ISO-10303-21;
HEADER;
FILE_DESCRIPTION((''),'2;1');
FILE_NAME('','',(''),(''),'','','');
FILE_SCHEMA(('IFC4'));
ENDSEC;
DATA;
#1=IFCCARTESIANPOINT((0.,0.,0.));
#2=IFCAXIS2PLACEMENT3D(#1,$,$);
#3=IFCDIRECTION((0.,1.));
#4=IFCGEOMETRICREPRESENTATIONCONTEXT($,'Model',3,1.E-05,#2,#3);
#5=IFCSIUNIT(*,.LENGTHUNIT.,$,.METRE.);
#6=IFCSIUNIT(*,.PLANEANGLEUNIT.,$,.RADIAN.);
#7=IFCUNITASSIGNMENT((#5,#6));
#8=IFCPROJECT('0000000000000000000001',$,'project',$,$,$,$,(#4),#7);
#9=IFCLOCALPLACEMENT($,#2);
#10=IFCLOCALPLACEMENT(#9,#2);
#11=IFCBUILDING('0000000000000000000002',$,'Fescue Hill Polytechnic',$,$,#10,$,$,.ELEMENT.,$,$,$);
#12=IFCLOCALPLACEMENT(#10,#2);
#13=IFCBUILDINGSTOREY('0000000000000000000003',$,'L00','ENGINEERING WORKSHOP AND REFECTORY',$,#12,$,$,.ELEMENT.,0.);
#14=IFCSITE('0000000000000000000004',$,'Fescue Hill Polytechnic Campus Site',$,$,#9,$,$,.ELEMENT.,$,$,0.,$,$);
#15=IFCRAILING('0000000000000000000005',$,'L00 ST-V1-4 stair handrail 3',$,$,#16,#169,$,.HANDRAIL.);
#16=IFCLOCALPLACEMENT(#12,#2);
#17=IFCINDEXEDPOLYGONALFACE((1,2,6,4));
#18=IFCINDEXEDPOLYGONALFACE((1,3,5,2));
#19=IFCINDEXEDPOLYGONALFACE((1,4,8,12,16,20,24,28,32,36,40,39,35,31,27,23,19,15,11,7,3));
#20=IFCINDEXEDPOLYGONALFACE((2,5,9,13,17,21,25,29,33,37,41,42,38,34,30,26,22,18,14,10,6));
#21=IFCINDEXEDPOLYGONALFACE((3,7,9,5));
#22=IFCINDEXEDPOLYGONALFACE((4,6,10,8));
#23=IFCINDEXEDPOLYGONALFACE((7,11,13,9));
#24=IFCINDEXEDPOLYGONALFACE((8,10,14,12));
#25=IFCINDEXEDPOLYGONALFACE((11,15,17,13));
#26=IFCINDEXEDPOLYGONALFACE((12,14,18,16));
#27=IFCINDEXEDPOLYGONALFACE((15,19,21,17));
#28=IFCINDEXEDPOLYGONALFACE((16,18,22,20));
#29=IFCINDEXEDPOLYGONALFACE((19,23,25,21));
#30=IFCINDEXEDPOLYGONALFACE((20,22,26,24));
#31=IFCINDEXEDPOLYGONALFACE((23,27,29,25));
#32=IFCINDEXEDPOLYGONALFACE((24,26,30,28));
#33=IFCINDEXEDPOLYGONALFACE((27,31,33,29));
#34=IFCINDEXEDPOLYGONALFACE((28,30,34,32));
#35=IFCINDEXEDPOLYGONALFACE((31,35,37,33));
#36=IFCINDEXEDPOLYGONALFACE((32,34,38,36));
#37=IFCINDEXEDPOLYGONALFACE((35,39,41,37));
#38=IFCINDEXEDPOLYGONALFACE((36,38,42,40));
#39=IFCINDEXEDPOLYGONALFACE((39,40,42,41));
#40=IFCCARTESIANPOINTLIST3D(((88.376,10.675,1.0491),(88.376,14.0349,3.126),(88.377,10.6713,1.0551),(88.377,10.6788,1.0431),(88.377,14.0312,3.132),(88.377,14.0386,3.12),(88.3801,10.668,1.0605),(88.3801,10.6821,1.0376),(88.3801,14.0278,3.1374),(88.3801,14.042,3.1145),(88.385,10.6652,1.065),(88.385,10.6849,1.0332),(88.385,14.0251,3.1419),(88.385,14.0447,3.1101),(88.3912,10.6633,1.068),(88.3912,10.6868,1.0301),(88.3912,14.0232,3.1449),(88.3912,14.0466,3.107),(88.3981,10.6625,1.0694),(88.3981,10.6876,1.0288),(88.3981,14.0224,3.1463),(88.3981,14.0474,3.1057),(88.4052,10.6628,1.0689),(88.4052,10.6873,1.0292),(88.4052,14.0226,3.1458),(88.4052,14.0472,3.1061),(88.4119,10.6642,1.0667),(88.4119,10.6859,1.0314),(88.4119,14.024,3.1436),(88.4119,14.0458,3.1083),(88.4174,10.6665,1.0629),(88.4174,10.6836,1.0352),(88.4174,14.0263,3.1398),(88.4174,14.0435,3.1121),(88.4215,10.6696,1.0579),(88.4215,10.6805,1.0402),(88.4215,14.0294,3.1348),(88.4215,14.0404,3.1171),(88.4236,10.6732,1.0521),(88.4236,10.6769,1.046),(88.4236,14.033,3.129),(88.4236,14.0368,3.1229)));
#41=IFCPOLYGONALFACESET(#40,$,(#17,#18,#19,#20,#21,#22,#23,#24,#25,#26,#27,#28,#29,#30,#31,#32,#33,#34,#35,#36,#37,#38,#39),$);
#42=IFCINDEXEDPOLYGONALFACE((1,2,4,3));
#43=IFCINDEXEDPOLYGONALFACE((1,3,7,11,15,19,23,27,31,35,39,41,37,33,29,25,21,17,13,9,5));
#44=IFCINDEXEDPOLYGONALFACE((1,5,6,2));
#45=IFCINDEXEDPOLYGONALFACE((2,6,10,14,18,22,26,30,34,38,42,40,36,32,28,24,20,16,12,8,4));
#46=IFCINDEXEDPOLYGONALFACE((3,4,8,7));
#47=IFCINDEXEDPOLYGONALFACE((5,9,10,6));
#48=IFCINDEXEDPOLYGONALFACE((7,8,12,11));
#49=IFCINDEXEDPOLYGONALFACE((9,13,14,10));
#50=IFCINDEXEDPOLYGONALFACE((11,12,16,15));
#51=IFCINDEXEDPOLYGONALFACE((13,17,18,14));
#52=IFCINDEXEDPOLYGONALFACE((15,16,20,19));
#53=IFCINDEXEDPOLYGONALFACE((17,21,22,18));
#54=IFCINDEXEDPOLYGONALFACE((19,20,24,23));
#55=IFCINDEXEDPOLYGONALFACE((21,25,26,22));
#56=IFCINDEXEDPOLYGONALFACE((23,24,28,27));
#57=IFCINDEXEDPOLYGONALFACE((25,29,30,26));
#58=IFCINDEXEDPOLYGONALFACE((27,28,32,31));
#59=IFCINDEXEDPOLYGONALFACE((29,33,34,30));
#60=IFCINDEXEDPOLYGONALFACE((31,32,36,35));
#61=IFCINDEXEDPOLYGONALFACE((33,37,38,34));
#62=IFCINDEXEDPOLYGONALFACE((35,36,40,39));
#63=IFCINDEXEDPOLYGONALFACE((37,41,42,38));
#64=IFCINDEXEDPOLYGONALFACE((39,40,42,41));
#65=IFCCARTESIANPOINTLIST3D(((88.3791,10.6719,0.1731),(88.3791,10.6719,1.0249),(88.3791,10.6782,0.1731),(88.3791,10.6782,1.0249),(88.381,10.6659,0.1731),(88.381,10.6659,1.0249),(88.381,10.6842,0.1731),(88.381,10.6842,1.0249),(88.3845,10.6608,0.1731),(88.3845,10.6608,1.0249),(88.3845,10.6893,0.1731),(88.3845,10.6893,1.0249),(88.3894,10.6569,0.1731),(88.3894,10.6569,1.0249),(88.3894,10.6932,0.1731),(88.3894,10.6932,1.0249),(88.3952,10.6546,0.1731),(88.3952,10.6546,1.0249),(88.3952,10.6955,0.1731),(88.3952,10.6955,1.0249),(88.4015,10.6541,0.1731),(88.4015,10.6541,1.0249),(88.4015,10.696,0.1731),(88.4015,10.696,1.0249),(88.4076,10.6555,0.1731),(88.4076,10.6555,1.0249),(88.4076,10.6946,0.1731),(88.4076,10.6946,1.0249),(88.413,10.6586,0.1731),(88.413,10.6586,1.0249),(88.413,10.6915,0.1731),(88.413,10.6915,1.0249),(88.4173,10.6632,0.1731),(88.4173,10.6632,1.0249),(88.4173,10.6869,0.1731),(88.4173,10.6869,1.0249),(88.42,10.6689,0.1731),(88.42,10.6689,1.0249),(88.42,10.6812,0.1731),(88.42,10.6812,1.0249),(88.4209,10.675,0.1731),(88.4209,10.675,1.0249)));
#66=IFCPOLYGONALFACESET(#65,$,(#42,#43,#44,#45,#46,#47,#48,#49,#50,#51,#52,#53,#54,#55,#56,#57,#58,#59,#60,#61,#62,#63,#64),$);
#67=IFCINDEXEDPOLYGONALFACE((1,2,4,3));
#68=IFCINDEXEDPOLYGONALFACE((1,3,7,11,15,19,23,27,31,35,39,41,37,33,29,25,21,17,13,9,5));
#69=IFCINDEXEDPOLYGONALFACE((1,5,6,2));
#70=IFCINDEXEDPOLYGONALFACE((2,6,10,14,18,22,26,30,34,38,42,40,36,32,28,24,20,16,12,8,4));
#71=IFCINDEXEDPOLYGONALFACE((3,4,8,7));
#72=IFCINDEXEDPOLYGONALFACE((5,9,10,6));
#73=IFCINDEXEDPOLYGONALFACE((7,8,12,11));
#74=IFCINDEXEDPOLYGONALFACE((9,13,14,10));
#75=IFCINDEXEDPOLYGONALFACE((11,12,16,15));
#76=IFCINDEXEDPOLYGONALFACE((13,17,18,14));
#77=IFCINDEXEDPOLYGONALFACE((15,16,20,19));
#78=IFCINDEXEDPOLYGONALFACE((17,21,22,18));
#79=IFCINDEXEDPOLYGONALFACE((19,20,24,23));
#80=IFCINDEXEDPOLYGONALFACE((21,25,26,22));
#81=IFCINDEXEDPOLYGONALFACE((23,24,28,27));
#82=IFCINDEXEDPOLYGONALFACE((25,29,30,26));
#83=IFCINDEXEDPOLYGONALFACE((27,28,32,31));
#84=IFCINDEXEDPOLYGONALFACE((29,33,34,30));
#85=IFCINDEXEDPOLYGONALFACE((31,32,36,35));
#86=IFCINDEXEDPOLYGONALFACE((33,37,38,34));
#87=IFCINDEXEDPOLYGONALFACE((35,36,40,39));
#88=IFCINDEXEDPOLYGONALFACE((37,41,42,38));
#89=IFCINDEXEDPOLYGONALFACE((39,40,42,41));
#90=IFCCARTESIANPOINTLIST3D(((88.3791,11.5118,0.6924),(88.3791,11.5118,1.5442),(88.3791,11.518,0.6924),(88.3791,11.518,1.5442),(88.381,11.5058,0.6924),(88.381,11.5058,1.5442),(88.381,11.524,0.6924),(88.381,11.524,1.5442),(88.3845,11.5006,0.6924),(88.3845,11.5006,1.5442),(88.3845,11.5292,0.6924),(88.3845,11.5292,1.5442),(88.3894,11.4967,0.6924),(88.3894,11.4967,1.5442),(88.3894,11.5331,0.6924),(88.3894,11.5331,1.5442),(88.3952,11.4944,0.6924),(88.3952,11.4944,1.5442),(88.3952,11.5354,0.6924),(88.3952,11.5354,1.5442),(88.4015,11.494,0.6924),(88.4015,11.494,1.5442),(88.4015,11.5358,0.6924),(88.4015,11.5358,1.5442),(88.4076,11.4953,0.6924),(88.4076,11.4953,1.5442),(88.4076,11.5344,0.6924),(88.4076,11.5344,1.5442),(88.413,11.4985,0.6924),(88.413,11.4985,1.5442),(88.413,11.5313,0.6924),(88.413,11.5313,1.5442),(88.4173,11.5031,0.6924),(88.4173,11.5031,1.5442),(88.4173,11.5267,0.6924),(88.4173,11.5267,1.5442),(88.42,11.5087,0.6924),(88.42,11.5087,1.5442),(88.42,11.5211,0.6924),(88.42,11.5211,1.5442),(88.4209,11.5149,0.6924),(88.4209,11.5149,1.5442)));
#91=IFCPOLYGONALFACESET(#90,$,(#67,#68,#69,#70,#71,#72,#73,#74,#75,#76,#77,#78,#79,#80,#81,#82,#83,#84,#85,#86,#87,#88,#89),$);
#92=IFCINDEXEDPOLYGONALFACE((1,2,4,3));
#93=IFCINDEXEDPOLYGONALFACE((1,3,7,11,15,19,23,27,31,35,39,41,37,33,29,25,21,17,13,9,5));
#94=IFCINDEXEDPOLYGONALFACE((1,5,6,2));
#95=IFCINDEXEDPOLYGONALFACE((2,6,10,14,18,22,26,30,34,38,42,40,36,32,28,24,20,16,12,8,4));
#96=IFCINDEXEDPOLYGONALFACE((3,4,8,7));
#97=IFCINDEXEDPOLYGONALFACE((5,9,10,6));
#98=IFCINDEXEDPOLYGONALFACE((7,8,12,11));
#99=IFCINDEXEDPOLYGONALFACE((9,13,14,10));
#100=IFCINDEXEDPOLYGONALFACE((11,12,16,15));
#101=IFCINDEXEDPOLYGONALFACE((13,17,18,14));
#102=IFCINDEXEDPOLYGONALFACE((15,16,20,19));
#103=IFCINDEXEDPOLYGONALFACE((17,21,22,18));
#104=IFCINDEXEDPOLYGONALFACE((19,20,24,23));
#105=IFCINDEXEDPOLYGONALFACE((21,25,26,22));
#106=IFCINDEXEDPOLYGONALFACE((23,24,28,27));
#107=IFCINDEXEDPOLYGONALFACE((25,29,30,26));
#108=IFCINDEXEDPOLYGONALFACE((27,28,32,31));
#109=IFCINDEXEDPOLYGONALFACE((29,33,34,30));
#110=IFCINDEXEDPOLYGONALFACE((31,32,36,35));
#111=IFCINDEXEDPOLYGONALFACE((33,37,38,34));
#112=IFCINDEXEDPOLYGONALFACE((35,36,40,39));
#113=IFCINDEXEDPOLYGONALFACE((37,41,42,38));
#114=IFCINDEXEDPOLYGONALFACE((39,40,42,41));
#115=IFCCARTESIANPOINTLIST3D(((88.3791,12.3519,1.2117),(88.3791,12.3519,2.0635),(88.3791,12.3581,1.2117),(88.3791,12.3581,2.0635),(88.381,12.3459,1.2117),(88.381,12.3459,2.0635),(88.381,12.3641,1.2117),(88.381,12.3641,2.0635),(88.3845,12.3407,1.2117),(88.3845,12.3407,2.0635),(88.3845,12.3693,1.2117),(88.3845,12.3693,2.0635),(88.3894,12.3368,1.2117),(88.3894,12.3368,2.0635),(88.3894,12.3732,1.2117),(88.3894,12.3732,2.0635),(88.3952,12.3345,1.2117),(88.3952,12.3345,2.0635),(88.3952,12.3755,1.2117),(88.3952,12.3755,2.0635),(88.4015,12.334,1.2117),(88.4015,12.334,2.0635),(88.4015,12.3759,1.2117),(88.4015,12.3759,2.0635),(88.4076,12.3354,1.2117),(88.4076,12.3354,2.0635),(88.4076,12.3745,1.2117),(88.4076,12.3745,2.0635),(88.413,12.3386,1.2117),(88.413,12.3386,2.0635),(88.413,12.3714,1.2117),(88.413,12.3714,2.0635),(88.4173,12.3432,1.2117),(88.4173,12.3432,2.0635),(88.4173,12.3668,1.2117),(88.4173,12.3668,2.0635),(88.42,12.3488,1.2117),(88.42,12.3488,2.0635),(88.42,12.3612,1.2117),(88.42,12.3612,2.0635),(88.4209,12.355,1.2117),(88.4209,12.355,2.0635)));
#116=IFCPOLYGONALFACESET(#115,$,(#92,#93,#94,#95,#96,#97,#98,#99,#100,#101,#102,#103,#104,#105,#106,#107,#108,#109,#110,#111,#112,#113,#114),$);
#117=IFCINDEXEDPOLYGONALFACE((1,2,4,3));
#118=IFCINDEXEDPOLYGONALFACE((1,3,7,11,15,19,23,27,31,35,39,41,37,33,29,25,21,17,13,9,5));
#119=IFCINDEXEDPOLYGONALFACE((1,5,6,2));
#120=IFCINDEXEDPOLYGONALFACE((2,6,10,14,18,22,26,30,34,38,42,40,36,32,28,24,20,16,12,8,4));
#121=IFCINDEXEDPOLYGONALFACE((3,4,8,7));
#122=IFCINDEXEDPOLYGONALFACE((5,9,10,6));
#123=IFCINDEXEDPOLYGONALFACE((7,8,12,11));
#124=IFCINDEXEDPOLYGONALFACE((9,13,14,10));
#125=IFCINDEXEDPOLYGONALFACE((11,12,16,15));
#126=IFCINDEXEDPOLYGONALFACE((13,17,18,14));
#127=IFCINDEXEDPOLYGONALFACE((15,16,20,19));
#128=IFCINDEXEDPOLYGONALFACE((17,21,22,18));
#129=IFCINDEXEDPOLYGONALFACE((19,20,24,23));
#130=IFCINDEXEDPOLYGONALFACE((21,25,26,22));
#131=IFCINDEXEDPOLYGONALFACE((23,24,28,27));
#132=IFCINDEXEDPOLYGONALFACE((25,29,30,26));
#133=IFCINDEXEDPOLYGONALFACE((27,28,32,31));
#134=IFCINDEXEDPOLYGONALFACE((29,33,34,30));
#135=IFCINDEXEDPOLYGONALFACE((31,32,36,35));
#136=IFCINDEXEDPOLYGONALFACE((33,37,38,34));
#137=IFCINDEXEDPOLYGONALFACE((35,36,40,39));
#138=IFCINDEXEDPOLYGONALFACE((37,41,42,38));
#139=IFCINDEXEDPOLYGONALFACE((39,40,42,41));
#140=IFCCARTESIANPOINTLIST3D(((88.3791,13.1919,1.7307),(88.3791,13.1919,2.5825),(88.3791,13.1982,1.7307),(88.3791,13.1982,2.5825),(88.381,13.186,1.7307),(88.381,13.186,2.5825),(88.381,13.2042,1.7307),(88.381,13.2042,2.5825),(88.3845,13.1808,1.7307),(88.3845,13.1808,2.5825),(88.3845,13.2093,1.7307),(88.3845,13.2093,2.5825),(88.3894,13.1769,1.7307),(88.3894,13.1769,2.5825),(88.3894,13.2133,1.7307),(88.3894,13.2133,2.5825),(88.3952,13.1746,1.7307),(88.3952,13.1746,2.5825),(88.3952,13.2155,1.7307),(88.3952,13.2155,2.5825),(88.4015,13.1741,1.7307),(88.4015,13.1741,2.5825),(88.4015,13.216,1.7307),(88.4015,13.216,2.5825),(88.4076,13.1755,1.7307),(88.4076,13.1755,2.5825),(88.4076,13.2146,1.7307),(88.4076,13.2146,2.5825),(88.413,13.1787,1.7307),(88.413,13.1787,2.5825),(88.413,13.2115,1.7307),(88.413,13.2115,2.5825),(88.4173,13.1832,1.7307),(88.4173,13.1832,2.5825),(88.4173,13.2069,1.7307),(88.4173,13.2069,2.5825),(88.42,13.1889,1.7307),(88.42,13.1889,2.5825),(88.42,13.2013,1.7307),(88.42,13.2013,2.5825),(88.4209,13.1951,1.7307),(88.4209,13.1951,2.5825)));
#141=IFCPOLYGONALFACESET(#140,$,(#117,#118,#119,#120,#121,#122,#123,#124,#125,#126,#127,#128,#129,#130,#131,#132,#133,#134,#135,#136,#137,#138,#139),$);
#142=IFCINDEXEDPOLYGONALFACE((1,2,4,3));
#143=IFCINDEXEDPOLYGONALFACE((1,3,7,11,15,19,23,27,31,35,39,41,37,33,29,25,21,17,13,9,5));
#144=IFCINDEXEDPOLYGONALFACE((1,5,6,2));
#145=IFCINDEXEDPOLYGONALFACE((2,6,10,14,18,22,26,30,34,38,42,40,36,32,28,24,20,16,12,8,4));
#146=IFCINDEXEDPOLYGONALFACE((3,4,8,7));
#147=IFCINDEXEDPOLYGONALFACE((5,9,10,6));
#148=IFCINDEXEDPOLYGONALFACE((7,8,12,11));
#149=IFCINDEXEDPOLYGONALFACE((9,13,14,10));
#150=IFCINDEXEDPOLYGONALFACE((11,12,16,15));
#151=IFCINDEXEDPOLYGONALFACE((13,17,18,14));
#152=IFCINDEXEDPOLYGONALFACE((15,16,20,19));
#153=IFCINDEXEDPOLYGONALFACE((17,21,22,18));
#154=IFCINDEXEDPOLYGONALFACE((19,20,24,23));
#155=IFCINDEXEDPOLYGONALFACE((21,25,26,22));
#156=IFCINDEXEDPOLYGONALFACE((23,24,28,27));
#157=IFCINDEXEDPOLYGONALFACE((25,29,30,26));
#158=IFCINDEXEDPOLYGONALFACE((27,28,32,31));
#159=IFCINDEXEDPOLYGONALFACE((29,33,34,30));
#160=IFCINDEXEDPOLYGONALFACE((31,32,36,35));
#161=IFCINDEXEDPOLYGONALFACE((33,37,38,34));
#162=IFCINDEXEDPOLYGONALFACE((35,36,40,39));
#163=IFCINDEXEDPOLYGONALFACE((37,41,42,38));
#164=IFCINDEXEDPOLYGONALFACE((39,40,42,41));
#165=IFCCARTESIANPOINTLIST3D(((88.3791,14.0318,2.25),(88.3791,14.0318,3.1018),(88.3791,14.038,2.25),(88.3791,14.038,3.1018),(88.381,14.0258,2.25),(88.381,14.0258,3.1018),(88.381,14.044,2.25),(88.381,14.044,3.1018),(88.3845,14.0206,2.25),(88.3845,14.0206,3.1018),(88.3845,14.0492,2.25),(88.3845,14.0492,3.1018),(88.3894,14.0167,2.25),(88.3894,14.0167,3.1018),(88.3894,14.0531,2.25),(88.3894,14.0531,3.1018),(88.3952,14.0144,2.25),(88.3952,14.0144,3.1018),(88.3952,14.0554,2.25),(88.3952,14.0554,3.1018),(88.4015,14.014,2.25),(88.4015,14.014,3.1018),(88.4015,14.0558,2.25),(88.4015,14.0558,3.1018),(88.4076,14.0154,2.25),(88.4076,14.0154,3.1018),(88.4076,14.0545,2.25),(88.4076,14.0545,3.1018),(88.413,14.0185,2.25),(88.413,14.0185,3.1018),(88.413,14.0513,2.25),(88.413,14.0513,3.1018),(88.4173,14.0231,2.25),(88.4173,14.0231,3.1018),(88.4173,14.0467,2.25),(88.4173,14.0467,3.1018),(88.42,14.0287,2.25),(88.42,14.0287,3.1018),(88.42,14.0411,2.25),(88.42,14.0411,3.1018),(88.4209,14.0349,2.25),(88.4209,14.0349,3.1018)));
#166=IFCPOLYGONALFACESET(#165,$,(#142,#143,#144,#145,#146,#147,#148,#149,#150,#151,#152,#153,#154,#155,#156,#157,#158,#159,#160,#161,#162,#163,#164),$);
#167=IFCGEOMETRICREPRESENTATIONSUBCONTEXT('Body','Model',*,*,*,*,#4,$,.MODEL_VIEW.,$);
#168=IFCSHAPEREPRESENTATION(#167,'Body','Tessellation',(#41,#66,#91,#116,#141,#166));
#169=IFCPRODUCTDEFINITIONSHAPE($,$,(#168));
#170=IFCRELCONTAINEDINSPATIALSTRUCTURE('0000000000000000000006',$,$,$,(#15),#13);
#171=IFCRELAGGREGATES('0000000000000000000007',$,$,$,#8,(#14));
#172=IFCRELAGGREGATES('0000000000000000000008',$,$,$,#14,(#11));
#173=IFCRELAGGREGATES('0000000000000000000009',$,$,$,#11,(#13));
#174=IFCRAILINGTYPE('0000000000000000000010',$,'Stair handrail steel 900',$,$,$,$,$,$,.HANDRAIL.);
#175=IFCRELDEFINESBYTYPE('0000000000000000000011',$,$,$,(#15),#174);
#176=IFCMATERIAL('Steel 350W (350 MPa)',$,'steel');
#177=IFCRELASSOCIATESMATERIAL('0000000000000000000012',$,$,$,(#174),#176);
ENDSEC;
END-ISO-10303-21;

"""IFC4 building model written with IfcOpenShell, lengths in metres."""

from ifc_helpers import new_model, si_unit, direction, frame, origin, origin_2d, place, context, subcontext, project, spatial, circle, extrude, material, type_object, element, save


model = new_model("IFC4")

# Units and contexts
model_context = context("Model", 3, precision=1e-05, world=origin(), true_north=direction((0.0, 1.0)))
body_context = subcontext(model_context, "Body", "Model", "MODEL_VIEW")
ifc_project = project(units=[si_unit("LENGTHUNIT", "METRE"), si_unit("PLANEANGLEUNIT", "RADIAN")], contexts=[model_context])

# Site, building, storey
site_placement = place(None, origin())
site = spatial("IfcSite", under=ifc_project, at=site_placement, Name="Fescue Hill Polytechnic Campus Site", CompositionType="ELEMENT", RefElevation=0.0)
building_placement = place(site_placement, origin())
building = spatial("IfcBuilding", under=site, at=building_placement, Name="Fescue Hill Polytechnic", CompositionType="ELEMENT")
storey_placement = place(building_placement, origin())
storey = spatial("IfcBuildingStorey", under=building, at=storey_placement, Name="L00", Description="ENGINEERING WORKSHOP AND REFECTORY", CompositionType="ELEMENT", Elevation=0.0)

# Railing
ifc_material_1 = material(Name="Steel 350W (350 MPa)", Category="steel")
railing_type_1 = type_object("IfcRailingType", Name="Stair handrail steel 900", PredefinedType="HANDRAIL", material=ifc_material_1)
railing_1_placement = place(storey_placement, frame((88.3999, 10.675, 0.1731)))
element("IfcRailing", 1, at=railing_1_placement, inside=storey, type_object=railing_type_1, Name="L00 ST-V1-4 stair handrail 3", PredefinedType="HANDRAIL", context=body_context, shape_type="SweptSolid", body=[
    extrude(circle(Radius=0.0239, at=origin_2d()), frame((0.0, 0.0, 0.876), z_axis=(0.0, 0.850606, 0.525803), x_axis=(-1.0, 0.0, 0.0)), (0.0, 0.0, 1.0), 3.95),
    extrude(circle(Radius=0.021, at=origin_2d()), origin(), (0.0, 0.0, 1.0), 0.8518),
    extrude(circle(Radius=0.021, at=origin_2d()), frame((0.0, 0.8398, 0.5193)), (0.0, 0.0, 1.0), 0.8518),
    extrude(circle(Radius=0.021, at=origin_2d()), frame((0.0, 1.6799, 1.0386)), (0.0, 0.0, 1.0), 0.8518),
    extrude(circle(Radius=0.021, at=origin_2d()), frame((0.0, 2.52, 1.5576)), (0.0, 0.0, 1.0), 0.8518),
    extrude(circle(Radius=0.021, at=origin_2d()), frame((0.0, 3.3599, 2.0769)), (0.0, 0.0, 1.0), 0.8518),
])

save(model, "model.ifc")
